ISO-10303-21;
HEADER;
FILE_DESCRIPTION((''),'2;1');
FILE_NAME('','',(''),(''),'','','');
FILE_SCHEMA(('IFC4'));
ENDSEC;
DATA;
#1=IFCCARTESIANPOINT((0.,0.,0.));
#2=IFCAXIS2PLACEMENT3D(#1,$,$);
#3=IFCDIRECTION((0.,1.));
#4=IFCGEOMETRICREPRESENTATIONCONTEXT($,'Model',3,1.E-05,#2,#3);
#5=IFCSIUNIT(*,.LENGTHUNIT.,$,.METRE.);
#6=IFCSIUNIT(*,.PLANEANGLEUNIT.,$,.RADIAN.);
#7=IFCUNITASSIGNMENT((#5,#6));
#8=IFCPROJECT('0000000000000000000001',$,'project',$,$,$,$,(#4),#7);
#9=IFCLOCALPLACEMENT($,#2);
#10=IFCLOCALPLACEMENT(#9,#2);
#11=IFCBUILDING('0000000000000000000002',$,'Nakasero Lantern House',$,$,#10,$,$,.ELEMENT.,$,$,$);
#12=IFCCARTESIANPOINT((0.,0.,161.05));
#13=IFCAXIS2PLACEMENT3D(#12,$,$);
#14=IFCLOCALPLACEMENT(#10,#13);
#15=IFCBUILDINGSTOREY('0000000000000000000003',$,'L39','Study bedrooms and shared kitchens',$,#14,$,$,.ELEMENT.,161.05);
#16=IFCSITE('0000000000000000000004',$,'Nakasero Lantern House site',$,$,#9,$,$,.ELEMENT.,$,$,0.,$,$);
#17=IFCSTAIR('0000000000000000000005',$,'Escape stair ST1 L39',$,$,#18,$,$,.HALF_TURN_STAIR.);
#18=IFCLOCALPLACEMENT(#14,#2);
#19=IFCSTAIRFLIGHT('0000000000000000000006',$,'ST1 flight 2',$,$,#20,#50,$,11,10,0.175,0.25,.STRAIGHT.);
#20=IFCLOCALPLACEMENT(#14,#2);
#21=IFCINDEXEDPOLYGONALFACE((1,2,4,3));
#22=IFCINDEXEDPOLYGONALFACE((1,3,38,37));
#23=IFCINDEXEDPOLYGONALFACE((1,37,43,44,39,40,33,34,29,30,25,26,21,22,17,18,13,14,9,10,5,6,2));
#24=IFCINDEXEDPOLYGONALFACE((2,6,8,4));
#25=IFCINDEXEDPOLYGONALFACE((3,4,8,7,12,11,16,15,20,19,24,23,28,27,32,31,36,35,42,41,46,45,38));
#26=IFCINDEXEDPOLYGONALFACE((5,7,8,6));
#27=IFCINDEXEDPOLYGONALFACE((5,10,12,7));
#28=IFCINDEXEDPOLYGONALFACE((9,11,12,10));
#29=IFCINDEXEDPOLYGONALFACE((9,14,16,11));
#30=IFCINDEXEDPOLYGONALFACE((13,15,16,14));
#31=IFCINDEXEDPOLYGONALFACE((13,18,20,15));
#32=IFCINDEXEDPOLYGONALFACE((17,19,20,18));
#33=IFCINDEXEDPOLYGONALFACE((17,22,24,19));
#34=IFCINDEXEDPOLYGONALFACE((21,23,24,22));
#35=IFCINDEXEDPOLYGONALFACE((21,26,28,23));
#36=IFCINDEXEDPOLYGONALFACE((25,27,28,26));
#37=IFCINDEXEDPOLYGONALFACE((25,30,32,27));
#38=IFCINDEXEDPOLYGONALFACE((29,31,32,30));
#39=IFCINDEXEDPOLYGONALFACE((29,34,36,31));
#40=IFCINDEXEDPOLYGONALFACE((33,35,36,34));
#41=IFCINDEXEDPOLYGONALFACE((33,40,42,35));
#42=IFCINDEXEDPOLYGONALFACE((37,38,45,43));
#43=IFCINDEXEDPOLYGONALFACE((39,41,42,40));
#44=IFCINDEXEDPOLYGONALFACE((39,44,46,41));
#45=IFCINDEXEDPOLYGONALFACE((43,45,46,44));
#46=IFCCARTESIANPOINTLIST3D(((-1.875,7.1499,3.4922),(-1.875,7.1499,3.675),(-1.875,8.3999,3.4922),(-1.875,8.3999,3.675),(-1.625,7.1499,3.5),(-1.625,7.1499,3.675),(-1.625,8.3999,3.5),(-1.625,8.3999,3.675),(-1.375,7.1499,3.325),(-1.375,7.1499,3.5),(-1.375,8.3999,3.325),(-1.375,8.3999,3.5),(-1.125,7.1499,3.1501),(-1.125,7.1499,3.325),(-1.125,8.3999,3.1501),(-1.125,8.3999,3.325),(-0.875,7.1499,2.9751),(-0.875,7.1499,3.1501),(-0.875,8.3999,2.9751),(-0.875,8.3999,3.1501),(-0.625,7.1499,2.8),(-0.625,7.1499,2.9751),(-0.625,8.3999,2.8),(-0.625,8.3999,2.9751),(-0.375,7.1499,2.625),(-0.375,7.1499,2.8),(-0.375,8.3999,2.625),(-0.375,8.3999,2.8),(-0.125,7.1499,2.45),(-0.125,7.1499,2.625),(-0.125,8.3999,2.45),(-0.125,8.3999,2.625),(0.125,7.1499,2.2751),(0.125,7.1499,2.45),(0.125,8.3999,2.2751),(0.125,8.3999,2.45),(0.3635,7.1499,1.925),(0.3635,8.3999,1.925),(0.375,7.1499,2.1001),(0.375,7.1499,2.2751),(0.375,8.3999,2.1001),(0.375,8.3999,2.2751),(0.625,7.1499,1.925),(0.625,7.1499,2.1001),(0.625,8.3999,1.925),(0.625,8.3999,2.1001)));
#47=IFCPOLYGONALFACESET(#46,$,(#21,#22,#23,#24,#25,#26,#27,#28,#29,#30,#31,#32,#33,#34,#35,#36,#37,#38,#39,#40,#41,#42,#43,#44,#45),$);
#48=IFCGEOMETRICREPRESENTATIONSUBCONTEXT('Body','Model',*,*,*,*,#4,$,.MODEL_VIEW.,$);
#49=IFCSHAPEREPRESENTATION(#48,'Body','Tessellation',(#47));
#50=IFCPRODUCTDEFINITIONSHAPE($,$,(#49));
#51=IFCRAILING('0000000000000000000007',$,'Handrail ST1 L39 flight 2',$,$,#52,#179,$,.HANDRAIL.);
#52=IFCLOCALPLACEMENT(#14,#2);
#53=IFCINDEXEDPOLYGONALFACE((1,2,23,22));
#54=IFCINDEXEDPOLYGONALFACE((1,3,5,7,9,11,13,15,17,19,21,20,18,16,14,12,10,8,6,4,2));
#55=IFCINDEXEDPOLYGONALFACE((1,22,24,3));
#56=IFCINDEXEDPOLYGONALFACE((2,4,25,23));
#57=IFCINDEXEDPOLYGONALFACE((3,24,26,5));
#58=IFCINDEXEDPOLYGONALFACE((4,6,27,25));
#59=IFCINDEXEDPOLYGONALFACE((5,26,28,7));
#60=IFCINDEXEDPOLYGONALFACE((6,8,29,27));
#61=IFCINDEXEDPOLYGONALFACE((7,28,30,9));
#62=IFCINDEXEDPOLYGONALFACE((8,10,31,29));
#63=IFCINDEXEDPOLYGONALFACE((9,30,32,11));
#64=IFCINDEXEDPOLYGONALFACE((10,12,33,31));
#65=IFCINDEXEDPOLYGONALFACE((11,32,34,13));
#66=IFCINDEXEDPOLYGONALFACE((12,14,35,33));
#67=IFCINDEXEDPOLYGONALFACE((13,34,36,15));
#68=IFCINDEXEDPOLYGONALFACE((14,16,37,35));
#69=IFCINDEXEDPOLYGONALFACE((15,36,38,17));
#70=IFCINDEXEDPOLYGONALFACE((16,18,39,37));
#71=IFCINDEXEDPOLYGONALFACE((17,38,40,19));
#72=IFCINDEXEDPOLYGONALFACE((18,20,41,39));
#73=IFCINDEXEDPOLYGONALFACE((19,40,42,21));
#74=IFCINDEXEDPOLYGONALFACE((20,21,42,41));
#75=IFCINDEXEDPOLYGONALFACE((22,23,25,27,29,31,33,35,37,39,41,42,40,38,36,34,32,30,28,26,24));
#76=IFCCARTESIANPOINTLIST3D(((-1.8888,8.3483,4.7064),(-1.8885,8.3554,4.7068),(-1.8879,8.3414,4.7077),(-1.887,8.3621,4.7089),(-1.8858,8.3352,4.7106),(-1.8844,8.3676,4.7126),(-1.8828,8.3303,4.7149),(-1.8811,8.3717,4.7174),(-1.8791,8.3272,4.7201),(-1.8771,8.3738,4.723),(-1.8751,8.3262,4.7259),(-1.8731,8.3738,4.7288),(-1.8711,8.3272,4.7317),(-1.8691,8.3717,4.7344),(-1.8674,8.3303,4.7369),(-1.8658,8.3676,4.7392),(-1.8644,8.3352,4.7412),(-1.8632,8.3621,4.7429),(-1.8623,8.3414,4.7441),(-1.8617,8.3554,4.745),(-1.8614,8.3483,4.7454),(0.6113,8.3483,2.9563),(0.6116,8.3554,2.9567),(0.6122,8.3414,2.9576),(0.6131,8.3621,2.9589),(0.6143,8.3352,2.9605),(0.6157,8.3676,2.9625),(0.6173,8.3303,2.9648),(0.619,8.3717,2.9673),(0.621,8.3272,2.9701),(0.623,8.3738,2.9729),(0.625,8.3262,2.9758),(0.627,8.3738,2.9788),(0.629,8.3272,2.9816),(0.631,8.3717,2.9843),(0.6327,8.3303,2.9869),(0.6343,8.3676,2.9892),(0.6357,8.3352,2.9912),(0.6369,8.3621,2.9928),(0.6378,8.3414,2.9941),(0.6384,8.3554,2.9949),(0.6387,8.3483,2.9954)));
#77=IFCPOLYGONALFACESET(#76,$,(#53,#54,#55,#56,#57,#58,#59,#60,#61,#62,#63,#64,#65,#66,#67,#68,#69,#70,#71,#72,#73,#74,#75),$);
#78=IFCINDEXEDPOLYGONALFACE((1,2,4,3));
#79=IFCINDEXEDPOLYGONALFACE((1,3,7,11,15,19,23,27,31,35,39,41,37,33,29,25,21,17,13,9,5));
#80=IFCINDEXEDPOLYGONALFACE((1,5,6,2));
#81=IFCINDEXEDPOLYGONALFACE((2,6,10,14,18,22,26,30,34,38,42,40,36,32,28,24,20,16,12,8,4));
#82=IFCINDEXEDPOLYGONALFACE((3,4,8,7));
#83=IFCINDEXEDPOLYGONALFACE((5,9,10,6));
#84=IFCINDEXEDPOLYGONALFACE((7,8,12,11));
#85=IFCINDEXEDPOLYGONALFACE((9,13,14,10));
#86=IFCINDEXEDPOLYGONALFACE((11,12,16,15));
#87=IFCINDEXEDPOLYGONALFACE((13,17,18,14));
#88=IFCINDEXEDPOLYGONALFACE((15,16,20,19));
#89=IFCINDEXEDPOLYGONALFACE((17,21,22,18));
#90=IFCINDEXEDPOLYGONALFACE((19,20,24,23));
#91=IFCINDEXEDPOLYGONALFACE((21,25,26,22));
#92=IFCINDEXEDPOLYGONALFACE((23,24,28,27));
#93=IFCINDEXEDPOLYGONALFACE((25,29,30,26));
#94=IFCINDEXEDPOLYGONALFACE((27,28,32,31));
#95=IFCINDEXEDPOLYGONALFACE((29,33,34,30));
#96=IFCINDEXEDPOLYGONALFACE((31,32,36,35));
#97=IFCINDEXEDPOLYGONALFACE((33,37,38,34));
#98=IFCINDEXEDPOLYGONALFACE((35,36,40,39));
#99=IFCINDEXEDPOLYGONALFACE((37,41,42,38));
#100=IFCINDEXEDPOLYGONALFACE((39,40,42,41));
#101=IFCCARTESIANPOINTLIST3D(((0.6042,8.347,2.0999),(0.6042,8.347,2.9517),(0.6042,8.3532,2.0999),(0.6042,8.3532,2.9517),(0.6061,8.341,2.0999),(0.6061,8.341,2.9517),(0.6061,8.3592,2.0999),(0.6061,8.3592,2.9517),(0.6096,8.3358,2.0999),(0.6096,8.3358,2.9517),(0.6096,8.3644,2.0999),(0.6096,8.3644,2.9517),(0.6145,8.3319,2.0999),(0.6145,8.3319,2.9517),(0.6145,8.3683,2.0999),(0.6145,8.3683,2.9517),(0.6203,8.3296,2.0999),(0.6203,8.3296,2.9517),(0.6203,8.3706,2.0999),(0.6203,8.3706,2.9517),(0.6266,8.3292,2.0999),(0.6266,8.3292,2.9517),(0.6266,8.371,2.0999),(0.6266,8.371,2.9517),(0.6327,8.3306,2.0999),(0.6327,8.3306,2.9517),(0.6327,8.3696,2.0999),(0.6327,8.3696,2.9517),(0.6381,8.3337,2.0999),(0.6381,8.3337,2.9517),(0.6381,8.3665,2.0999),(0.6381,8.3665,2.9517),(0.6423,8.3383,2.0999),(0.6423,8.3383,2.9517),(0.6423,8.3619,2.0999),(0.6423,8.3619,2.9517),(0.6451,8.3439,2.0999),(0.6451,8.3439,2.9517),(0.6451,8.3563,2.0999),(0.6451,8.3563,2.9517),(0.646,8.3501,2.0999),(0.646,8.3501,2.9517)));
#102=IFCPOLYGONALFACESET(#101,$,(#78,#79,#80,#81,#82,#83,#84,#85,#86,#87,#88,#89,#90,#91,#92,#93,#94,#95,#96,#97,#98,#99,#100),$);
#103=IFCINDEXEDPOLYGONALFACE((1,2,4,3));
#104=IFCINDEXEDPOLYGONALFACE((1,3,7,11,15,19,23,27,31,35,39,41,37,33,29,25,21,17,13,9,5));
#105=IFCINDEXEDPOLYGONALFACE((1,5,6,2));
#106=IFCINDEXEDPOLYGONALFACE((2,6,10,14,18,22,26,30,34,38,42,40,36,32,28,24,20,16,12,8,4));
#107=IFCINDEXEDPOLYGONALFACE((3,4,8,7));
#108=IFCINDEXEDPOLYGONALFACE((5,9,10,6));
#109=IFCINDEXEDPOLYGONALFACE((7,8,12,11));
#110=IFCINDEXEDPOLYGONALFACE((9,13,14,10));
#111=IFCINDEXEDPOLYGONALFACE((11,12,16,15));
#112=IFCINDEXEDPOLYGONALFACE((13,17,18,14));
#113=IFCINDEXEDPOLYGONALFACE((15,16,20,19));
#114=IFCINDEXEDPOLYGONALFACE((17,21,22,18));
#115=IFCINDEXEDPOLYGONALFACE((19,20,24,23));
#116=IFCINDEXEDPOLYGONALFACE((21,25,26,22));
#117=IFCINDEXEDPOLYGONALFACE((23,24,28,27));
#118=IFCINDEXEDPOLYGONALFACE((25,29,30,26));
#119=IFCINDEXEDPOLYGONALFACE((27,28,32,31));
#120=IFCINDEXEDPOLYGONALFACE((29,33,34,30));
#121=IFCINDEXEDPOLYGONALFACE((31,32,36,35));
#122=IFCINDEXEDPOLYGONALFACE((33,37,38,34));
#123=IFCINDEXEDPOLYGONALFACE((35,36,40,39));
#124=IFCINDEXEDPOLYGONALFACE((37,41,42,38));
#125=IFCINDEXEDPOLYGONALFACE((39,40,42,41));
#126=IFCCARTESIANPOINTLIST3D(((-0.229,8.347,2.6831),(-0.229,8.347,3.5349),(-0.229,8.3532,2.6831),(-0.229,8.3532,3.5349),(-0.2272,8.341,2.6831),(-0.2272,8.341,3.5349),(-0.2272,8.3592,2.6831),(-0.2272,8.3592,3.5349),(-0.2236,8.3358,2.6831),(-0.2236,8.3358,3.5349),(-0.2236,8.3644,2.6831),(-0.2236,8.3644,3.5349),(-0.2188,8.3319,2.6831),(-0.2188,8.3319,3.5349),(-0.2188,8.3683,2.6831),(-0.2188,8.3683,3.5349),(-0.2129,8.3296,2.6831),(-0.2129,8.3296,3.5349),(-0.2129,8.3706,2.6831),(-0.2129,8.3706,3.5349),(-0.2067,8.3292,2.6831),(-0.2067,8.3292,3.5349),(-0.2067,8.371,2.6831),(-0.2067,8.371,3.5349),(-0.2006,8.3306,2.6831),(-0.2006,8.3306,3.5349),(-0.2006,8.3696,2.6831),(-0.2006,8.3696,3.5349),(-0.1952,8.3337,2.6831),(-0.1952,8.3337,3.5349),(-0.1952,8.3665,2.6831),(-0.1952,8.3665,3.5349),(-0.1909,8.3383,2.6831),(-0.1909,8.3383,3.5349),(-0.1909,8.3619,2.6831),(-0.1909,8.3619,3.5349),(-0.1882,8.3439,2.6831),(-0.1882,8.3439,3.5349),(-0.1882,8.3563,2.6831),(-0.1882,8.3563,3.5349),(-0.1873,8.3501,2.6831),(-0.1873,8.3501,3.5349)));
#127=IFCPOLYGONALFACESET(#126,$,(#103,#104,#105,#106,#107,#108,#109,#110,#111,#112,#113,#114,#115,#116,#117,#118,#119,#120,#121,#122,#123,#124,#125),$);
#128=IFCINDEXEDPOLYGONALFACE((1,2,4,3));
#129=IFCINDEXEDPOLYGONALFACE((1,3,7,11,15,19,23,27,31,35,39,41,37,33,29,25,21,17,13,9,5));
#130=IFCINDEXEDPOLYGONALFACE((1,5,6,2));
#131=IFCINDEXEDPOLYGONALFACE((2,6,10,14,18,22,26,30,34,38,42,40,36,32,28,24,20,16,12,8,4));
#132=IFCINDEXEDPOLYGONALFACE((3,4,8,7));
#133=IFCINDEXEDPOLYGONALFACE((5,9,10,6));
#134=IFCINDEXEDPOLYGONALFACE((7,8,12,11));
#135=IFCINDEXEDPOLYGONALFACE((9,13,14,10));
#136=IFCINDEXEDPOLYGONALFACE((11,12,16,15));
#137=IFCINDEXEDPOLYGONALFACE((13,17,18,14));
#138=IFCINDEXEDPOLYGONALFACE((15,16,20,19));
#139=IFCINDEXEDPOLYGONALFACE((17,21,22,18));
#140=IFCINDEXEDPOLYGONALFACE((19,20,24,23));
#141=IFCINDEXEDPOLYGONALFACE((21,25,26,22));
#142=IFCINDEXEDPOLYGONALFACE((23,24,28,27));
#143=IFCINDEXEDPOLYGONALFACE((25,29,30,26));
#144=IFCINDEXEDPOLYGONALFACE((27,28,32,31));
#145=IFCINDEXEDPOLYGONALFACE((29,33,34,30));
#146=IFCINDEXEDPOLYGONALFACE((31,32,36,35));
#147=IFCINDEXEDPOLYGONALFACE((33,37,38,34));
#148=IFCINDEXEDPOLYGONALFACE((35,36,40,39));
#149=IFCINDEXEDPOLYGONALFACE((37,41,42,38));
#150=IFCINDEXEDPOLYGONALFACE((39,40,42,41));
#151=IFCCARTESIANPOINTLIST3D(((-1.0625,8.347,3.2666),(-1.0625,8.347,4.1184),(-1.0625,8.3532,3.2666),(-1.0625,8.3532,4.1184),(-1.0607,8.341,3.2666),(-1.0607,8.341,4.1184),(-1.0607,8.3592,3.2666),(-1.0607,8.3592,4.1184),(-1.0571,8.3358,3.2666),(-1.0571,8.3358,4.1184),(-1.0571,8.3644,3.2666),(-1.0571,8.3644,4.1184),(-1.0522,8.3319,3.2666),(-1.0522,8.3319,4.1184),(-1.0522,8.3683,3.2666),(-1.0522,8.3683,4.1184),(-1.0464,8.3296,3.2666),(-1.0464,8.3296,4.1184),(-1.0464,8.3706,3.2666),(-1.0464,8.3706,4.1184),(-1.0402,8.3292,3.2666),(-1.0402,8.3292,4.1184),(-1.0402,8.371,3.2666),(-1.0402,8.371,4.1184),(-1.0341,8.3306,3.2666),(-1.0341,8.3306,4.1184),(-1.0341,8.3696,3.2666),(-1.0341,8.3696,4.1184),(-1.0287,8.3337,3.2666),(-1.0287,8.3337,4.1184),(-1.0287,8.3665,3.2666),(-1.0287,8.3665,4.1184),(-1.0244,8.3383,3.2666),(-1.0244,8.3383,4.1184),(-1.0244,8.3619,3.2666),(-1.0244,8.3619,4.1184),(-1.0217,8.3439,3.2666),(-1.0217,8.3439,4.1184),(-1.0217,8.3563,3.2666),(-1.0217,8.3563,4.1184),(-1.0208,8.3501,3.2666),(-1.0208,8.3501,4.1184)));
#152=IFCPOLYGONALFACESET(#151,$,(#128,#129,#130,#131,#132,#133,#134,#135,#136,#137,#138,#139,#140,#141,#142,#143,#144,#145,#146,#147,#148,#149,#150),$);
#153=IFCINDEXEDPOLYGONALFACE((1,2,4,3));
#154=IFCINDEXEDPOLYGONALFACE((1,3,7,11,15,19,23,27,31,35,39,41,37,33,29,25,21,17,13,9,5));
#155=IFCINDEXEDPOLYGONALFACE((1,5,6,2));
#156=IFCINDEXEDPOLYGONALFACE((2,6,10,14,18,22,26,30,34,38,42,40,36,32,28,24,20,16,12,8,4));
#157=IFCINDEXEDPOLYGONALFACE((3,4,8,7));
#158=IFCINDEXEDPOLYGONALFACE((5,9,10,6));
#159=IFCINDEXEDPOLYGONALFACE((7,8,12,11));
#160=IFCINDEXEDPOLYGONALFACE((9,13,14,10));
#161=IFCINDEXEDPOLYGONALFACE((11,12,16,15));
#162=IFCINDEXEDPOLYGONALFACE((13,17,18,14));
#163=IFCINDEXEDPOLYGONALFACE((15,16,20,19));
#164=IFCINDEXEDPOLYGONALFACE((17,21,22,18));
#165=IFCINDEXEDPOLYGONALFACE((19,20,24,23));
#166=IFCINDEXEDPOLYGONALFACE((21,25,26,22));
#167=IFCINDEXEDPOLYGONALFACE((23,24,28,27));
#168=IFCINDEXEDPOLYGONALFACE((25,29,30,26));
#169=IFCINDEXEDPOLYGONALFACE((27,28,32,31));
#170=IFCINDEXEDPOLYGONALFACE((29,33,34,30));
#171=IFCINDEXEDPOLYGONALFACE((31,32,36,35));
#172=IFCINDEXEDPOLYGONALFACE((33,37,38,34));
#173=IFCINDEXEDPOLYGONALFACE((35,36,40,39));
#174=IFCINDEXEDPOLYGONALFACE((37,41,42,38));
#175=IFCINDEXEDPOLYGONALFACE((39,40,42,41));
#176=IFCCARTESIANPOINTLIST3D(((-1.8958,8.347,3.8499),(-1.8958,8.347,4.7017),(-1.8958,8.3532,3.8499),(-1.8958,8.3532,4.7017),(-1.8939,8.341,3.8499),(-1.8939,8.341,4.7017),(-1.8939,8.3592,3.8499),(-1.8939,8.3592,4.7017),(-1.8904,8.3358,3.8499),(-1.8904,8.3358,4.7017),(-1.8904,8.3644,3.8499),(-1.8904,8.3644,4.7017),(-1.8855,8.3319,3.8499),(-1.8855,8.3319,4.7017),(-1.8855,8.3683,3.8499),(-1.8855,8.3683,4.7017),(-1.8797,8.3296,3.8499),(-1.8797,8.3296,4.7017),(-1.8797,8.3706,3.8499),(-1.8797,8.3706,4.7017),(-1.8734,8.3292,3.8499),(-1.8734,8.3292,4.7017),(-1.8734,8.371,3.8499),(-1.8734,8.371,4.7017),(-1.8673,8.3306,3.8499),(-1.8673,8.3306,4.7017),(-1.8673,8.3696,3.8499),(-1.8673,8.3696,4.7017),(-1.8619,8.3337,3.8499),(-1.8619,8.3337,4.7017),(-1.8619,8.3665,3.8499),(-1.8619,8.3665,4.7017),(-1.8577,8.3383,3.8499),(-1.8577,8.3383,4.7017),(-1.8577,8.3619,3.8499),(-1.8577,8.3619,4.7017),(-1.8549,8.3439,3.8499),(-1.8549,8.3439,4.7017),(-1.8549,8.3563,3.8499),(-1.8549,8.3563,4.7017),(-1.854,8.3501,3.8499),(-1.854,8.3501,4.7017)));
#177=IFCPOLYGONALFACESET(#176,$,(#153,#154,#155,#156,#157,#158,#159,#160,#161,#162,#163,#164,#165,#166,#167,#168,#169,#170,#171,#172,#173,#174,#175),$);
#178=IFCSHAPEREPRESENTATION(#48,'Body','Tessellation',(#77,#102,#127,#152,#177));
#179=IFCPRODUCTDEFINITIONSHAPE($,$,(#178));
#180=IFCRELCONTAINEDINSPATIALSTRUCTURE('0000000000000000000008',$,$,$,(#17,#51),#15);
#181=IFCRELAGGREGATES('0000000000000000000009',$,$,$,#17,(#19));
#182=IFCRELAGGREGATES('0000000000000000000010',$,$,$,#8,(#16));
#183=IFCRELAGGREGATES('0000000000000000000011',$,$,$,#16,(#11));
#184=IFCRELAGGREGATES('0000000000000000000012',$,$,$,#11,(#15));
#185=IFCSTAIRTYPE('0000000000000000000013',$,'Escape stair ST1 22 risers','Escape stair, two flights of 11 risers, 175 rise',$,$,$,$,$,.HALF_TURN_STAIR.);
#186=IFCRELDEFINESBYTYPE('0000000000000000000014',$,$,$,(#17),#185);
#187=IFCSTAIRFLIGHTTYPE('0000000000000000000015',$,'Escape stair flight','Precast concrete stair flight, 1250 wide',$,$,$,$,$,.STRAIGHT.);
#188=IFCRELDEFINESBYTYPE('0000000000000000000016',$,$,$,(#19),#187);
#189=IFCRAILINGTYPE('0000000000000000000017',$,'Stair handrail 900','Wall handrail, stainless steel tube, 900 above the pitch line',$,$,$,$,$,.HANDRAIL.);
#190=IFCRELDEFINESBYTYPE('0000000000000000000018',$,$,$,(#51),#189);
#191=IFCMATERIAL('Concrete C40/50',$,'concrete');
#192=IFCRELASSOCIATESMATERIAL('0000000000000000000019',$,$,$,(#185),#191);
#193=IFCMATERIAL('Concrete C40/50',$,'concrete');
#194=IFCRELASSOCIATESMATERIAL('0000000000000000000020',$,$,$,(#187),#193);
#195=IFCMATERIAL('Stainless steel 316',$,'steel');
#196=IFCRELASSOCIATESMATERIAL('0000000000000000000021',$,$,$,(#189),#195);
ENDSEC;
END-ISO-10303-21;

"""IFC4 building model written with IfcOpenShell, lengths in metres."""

from ifc_helpers import new_model, si_unit, direction, frame, origin, origin_2d, place, context, subcontext, project, spatial, polyline, circle, outline, extrude, material, type_object, element, aggregate, save


model = new_model("IFC4")

# Units and contexts
model_context = context("Model", 3, precision=1e-05, world=origin(), true_north=direction((0.0, 1.0)))
body_context = subcontext(model_context, "Body", "Model", "MODEL_VIEW")
ifc_project = project(units=[si_unit("LENGTHUNIT", "METRE"), si_unit("PLANEANGLEUNIT", "RADIAN")], contexts=[model_context])

# Site, building, storey
site_placement = place(None, origin())
site = spatial("IfcSite", under=ifc_project, at=site_placement, Name="Nakasero Lantern House site", CompositionType="ELEMENT", RefElevation=0.0)
building_placement = place(site_placement, origin())
building = spatial("IfcBuilding", under=site, at=building_placement, Name="Nakasero Lantern House", CompositionType="ELEMENT")
storey_placement = place(building_placement, frame((0.0, 0.0, 161.05)))
storey = spatial("IfcBuildingStorey", under=building, at=storey_placement, Name="L39", Description="Study bedrooms and shared kitchens", CompositionType="ELEMENT", Elevation=161.05)

# Stair
ifc_material_1 = material(Name="Concrete C40/50", Category="concrete")
stair_type_1 = type_object("IfcStairType", Name="Escape stair ST1 22 risers", Description="Escape stair, two flights of 11 risers, 175 rise", PredefinedType="HALF_TURN_STAIR", material=ifc_material_1)
stair_1_placement = place(storey_placement, origin())
stair_1 = element("IfcStair", 1, at=stair_1_placement, inside=storey, type_object=stair_type_1, Name="Escape stair ST1 L39", PredefinedType="HALF_TURN_STAIR")

# Stair flight
ifc_material_2 = material(Name="Concrete C40/50", Category="concrete")
stair_flight_type = type_object("IfcStairFlightType", Name="Escape stair flight", Description="Precast concrete stair flight, 1250 wide", PredefinedType="STRAIGHT", material=ifc_material_2)
stair_flight_placement = place(storey_placement, frame((0.625, 7.7749, 1.925), z_axis=(0.0, 0.0, 1.0), x_axis=(-1.0, 0.0, 0.0)))
stair_flight = element("IfcStairFlight", 2, at=stair_flight_placement, type_object=stair_flight_type, Name="ST1 flight 2", NumberOfRisers=11, NumberOfTreads=10, PredefinedType="STRAIGHT", RiserHeight=0.175, TreadLength=0.25, context=body_context, shape_type="SweptSolid", body=[
    extrude(outline(polyline([(0.0, 0.0), (0.0, 0.175), (0.25, 0.175), (0.25, 0.3501), (0.5, 0.3501), (0.5, 0.5249), (0.75, 0.5249), (0.75, 0.7), (1.0, 0.7), (1.0, 0.875), (1.25, 0.875), (1.25, 1.05), (1.5, 1.05), (1.5, 1.2251), (1.75, 1.2251), (1.75, 1.3999), (2.0, 1.3999), (2.0, 1.575), (2.25, 1.575), (2.25, 1.75), (2.5, 1.75), (2.5, 1.925), (2.5, 1.5671), (0.2615, 0.0), (0.0, 0.0)])), frame((0.0, 0.625, 0.0), z_axis=(0.0, -1.0, 0.0), x_axis=(1.0, 0.0, 0.0)), (0.0, 0.0, 1.0), 1.25),
])
aggregate(stair_1, [stair_flight])

# Railing
ifc_material_3 = material(Name="Stainless steel 316", Category="steel")
railing_type = type_object("IfcRailingType", Name="Stair handrail 900", Description="Wall handrail, stainless steel tube, 900 above the pitch line", PredefinedType="HANDRAIL", material=ifc_material_3)
railing_placement = place(storey_placement, frame((0.625, 8.3501, 2.0999)))
element("IfcRailing", 3, at=railing_placement, inside=storey, type_object=railing_type, Name="Handrail ST1 L39 flight 2", PredefinedType="HANDRAIL", context=body_context, shape_type="SweptSolid", body=[
    extrude(circle(Radius=0.0239, at=origin_2d()), frame((0.0, 0.0, 0.876), z_axis=(-0.819232, 0.0, 0.573462), x_axis=(0.0, -1.0, 0.0)), (0.0, 0.0, 1.0), 3.0518),
    extrude(circle(Radius=0.021, at=origin_2d()), origin(), (0.0, 0.0, 1.0), 0.8518),
    extrude(circle(Radius=0.021, at=origin_2d()), frame((-0.8333, 0.0, 0.5833)), (0.0, 0.0, 1.0), 0.8518),
    extrude(circle(Radius=0.021, at=origin_2d()), frame((-1.6667, 0.0, 1.1667)), (0.0, 0.0, 1.0), 0.8518),
    extrude(circle(Radius=0.021, at=origin_2d()), frame((-2.5, 0.0, 1.75)), (0.0, 0.0, 1.0), 0.8518),
])

save(model, "model.ifc")
